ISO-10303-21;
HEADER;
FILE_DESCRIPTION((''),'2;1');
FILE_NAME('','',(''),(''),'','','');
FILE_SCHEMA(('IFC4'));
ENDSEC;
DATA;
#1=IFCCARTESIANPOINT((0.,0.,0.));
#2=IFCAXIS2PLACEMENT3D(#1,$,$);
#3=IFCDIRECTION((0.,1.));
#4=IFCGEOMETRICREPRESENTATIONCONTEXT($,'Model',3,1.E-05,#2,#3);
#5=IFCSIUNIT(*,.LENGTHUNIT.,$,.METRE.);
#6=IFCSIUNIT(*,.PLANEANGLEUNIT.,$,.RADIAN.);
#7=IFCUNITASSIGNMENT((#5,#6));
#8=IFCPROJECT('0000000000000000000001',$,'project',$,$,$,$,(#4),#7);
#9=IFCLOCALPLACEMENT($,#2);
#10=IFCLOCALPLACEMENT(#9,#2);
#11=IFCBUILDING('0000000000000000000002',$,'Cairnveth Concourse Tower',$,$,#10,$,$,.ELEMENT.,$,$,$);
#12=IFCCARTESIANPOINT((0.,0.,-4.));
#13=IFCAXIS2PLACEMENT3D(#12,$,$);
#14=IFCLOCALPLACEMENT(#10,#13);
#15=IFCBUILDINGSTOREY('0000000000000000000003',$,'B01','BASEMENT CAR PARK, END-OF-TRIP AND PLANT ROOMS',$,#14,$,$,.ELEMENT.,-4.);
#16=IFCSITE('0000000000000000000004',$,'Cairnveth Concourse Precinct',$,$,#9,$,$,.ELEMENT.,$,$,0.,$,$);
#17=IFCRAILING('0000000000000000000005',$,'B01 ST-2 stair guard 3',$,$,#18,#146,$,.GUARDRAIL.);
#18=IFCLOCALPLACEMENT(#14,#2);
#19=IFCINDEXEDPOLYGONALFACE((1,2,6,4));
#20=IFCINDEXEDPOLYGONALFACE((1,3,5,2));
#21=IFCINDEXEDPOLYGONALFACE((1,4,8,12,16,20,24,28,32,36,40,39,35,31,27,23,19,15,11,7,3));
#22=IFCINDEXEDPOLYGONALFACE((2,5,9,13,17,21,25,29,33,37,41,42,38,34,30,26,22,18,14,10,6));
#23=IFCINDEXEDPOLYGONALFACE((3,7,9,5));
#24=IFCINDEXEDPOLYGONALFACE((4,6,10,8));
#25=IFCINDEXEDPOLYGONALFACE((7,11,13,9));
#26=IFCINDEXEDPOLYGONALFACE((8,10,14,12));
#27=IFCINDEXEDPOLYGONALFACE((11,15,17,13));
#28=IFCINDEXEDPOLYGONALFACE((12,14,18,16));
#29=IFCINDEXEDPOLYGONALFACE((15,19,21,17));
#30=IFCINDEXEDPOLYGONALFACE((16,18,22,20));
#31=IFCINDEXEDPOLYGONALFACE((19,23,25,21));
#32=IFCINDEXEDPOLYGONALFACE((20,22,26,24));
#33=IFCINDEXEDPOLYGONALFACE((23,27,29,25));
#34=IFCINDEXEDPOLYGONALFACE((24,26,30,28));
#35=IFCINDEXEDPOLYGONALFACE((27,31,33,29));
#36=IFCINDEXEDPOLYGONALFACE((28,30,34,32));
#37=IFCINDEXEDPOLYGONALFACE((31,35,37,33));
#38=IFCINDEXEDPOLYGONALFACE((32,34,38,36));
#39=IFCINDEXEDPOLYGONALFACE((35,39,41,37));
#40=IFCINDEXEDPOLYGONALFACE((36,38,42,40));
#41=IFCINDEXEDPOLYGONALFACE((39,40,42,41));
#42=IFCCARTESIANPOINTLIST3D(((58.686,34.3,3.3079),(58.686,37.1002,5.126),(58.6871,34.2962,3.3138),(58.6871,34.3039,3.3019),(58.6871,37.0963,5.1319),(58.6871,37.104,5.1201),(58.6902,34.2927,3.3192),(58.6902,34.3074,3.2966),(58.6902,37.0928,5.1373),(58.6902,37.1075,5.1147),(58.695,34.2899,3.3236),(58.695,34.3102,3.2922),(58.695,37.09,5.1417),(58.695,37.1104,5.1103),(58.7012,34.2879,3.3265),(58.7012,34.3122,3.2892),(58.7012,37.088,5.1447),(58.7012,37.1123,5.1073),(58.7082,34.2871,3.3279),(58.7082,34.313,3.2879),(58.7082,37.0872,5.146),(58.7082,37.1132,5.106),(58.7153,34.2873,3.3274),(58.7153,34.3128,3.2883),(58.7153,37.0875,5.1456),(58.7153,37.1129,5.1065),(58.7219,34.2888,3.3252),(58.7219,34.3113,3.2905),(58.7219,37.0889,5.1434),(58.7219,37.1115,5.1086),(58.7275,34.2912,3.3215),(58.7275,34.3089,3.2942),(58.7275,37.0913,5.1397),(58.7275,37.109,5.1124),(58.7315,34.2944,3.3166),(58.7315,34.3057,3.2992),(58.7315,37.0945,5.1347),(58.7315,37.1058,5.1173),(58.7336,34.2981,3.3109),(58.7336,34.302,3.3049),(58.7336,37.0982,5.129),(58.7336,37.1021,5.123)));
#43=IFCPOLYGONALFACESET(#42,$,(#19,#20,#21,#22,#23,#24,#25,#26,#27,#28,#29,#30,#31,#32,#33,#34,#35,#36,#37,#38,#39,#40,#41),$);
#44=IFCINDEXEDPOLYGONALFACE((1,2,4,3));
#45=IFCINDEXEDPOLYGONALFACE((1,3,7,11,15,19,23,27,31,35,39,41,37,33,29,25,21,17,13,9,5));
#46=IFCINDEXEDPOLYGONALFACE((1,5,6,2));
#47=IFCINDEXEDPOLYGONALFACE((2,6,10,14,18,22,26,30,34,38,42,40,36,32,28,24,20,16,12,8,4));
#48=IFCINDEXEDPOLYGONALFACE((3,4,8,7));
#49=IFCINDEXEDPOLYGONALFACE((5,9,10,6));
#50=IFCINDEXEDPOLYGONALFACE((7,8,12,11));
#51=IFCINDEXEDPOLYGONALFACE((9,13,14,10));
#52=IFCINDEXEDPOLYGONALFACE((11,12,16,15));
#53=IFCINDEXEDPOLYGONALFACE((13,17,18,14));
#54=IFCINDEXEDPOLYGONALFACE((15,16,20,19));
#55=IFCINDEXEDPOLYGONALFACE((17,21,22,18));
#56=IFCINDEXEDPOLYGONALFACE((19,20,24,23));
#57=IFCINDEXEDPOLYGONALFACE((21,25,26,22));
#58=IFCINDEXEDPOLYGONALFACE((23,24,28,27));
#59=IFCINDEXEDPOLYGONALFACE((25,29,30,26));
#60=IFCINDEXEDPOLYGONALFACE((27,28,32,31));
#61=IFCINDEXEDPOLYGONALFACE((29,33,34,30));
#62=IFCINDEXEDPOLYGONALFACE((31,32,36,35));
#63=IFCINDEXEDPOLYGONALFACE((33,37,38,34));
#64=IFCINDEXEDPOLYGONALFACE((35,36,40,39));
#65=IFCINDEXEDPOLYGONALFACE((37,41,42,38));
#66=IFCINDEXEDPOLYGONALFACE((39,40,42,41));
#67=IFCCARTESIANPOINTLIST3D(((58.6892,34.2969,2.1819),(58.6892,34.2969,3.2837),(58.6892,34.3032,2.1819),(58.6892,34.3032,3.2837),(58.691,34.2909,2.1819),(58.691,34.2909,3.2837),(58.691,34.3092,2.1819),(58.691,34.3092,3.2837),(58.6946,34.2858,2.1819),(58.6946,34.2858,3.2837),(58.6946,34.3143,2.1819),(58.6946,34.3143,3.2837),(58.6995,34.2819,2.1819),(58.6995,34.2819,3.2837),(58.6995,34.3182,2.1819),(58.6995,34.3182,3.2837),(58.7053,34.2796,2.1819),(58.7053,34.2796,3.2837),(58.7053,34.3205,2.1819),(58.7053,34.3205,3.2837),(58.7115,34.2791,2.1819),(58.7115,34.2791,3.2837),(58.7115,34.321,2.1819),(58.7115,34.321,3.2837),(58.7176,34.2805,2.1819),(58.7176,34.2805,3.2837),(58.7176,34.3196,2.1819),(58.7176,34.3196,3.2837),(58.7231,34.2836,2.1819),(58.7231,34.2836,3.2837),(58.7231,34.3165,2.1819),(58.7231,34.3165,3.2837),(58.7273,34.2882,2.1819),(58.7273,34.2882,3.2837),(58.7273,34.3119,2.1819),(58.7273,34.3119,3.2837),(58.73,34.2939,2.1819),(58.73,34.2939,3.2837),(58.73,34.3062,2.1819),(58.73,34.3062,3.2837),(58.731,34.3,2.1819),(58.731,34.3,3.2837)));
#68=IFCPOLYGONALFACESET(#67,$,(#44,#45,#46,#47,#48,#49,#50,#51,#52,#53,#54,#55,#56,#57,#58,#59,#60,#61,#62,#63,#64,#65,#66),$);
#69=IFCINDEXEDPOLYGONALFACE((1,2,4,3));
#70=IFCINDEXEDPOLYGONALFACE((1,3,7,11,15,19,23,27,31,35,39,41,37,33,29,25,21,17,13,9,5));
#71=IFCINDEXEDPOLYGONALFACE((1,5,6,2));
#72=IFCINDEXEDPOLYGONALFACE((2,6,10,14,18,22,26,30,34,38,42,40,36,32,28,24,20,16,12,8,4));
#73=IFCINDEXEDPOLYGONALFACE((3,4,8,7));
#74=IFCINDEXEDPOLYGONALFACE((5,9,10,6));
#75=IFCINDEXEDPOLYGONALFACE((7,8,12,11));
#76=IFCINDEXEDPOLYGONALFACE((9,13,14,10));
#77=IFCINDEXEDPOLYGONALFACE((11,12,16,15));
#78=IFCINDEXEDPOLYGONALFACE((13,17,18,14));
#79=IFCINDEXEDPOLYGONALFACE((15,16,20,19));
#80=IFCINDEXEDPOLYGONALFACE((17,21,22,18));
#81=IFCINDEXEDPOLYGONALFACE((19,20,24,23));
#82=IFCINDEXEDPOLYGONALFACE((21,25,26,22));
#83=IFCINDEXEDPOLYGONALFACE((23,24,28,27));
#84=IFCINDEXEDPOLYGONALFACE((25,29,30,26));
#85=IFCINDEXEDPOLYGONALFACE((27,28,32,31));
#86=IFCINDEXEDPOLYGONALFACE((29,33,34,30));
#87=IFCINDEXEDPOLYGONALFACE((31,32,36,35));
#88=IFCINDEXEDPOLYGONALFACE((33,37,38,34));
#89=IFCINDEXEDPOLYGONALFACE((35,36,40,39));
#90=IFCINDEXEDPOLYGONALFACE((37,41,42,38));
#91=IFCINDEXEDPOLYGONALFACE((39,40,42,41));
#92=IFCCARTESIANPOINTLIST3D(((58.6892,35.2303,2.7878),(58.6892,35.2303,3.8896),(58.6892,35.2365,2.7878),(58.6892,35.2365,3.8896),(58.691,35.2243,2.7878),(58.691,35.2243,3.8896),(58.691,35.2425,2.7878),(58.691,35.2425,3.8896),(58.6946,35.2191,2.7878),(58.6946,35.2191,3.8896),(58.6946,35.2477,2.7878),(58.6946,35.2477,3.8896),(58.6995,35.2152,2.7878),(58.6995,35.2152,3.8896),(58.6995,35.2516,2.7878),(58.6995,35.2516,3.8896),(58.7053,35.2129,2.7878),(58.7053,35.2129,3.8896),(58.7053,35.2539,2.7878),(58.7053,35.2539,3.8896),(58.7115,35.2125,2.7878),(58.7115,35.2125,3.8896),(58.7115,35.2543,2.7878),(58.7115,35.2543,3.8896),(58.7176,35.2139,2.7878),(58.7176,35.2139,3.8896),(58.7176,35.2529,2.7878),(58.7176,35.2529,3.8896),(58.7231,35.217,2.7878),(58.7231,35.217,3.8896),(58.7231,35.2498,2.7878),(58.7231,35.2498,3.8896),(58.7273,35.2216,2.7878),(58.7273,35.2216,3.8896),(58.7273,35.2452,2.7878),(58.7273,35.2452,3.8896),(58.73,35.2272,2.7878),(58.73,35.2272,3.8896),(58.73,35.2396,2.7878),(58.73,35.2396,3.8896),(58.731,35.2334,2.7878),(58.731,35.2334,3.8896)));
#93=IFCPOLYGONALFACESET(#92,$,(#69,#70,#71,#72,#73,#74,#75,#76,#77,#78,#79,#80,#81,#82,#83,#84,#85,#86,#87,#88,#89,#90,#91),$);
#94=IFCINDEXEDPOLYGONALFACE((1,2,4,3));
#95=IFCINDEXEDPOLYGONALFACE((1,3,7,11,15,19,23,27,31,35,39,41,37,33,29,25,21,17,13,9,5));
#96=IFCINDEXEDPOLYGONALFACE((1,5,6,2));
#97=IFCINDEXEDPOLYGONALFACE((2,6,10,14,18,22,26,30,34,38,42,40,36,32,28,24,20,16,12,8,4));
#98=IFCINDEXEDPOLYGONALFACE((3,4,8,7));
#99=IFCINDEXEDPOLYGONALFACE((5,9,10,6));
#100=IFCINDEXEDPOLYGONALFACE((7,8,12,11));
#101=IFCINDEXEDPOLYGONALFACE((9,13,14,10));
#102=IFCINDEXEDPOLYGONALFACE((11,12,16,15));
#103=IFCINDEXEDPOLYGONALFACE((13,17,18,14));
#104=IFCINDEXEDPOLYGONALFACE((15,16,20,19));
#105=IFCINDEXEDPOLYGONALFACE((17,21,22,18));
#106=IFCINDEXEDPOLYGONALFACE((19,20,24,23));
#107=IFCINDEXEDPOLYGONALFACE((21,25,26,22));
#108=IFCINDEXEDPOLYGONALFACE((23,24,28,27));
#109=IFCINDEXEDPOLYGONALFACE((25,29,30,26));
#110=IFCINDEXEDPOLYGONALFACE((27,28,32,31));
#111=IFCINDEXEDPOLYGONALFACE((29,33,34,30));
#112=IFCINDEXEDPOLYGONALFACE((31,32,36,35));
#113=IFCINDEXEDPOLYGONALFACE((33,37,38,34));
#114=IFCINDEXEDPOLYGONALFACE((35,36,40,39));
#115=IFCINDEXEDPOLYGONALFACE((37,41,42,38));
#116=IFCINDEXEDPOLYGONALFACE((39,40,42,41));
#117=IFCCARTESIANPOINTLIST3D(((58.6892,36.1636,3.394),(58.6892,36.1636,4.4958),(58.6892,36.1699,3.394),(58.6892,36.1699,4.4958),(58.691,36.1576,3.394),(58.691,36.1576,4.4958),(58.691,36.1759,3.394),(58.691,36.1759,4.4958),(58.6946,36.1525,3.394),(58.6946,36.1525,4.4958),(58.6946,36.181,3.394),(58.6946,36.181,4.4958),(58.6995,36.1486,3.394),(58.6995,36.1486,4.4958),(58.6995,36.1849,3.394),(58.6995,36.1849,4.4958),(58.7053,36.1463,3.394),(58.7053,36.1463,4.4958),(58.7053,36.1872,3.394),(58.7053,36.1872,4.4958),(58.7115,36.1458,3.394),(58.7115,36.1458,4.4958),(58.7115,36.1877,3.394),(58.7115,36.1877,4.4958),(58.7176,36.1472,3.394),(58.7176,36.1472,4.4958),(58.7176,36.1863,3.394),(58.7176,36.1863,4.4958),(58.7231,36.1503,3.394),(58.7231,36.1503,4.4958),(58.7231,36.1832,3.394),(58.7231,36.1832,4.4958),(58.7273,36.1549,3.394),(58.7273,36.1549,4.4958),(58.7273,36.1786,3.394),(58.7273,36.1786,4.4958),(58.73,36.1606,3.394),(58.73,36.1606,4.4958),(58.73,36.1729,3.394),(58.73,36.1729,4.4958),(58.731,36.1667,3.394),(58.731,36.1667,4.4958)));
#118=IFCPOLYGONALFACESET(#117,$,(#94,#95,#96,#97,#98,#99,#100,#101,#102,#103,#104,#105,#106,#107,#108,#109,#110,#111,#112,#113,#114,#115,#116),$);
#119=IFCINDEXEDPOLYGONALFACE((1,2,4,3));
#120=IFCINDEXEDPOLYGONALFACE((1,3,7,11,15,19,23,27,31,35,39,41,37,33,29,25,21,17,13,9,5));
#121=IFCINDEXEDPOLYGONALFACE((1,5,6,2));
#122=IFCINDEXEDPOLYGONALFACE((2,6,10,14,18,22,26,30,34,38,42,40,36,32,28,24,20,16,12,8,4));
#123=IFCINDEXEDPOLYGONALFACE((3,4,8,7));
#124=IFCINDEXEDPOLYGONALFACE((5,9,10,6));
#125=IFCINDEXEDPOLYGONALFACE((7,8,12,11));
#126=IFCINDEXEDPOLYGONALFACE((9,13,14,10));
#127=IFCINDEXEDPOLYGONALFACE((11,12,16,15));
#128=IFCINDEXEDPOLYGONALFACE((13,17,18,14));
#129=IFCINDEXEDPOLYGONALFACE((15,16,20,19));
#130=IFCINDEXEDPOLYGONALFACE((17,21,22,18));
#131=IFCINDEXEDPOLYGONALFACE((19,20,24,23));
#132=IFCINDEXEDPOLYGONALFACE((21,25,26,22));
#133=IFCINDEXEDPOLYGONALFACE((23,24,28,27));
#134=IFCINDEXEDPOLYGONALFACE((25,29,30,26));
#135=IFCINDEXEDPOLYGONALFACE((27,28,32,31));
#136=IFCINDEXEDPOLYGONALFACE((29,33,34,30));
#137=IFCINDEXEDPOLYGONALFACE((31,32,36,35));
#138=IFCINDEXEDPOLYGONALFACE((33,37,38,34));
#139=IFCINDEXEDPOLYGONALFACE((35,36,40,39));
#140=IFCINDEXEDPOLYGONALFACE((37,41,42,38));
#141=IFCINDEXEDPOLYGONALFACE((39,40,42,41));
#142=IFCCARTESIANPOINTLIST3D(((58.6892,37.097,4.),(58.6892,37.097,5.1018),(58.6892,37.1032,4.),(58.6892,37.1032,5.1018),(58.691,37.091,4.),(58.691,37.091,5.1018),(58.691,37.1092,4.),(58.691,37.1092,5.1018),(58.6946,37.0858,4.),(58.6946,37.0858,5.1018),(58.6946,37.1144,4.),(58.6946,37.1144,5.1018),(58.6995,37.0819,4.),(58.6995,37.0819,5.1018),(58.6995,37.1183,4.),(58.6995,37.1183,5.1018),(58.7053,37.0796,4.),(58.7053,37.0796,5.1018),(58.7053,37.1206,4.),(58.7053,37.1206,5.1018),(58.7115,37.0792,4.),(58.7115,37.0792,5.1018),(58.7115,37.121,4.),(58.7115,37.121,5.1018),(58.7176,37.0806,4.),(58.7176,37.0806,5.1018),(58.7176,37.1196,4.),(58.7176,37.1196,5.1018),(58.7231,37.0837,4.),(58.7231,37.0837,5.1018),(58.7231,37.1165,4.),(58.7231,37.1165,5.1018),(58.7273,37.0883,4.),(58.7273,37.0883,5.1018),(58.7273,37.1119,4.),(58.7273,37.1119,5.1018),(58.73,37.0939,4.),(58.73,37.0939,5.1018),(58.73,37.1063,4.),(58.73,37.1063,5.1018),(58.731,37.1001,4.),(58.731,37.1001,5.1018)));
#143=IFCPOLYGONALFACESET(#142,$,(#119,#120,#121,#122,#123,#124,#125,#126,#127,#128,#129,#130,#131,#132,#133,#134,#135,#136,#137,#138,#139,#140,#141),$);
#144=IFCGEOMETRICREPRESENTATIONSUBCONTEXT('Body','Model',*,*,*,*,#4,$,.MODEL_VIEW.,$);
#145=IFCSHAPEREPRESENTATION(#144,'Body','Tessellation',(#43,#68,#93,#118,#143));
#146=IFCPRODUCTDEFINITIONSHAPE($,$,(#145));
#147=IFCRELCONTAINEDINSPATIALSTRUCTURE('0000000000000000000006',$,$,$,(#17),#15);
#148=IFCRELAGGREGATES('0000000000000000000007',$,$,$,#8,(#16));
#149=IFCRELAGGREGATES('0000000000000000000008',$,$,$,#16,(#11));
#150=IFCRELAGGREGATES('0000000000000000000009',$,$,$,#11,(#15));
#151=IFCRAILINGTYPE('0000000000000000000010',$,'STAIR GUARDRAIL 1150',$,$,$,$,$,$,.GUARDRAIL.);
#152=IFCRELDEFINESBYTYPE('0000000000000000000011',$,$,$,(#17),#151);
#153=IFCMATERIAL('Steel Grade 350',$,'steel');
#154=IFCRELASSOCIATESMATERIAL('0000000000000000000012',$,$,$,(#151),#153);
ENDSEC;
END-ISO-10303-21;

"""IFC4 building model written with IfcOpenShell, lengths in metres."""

from ifc_helpers import new_model, si_unit, direction, frame, origin, origin_2d, place, context, subcontext, project, spatial, circle, extrude, material, type_object, element, save


model = new_model("IFC4")

# Units and contexts
model_context = context("Model", 3, precision=1e-05, world=origin(), true_north=direction((0.0, 1.0)))
body_context = subcontext(model_context, "Body", "Model", "MODEL_VIEW")
ifc_project = project(units=[si_unit("LENGTHUNIT", "METRE"), si_unit("PLANEANGLEUNIT", "RADIAN")], contexts=[model_context])

# Site, building, storey
site_placement = place(None, origin())
site = spatial("IfcSite", under=ifc_project, at=site_placement, Name="Cairnveth Concourse Precinct", CompositionType="ELEMENT", RefElevation=0.0)
building_placement = place(site_placement, origin())
building = spatial("IfcBuilding", under=site, at=building_placement, Name="Cairnveth Concourse Tower", CompositionType="ELEMENT")
storey_placement = place(building_placement, frame((0.0, 0.0, -4.0)))
storey = spatial("IfcBuildingStorey", under=building, at=storey_placement, Name="B01", Description="BASEMENT CAR PARK, END-OF-TRIP AND PLANT ROOMS", CompositionType="ELEMENT", Elevation=-4.0)

# Shared definitions
ifc_material_1 = material(Name="Steel Grade 350", Category="steel")

# Railing
railing_type_1 = type_object("IfcRailingType", Name="STAIR GUARDRAIL 1150", PredefinedType="GUARDRAIL", material=ifc_material_1)
railing_1_placement = place(storey_placement, frame((58.71, 34.3, 2.1819)))
element("IfcRailing", 1, at=railing_1_placement, inside=storey, type_object=railing_type_1, Name="B01 ST-2 stair guard 3", PredefinedType="GUARDRAIL", context=body_context, shape_type="SweptSolid", body=[
    extrude(circle(Radius=0.0239, at=origin_2d()), frame((0.0, 0.0, 1.126), z_axis=(0.0, 0.838706, 0.544585), x_axis=(-1.0, 0.0, 0.0)), (0.0, 0.0, 1.0), 3.3386),
    extrude(circle(Radius=0.021, at=origin_2d()), origin(), (0.0, 0.0, 1.0), 1.1018),
    extrude(circle(Radius=0.021, at=origin_2d()), frame((0.0, 0.9333, 0.606)), (0.0, 0.0, 1.0), 1.1018),
    extrude(circle(Radius=0.021, at=origin_2d()), frame((0.0, 1.8667, 1.2122)), (0.0, 0.0, 1.0), 1.1018),
    extrude(circle(Radius=0.021, at=origin_2d()), frame((0.0, 2.8, 1.8181)), (0.0, 0.0, 1.0), 1.1018),
])

save(model, "model.ifc")
